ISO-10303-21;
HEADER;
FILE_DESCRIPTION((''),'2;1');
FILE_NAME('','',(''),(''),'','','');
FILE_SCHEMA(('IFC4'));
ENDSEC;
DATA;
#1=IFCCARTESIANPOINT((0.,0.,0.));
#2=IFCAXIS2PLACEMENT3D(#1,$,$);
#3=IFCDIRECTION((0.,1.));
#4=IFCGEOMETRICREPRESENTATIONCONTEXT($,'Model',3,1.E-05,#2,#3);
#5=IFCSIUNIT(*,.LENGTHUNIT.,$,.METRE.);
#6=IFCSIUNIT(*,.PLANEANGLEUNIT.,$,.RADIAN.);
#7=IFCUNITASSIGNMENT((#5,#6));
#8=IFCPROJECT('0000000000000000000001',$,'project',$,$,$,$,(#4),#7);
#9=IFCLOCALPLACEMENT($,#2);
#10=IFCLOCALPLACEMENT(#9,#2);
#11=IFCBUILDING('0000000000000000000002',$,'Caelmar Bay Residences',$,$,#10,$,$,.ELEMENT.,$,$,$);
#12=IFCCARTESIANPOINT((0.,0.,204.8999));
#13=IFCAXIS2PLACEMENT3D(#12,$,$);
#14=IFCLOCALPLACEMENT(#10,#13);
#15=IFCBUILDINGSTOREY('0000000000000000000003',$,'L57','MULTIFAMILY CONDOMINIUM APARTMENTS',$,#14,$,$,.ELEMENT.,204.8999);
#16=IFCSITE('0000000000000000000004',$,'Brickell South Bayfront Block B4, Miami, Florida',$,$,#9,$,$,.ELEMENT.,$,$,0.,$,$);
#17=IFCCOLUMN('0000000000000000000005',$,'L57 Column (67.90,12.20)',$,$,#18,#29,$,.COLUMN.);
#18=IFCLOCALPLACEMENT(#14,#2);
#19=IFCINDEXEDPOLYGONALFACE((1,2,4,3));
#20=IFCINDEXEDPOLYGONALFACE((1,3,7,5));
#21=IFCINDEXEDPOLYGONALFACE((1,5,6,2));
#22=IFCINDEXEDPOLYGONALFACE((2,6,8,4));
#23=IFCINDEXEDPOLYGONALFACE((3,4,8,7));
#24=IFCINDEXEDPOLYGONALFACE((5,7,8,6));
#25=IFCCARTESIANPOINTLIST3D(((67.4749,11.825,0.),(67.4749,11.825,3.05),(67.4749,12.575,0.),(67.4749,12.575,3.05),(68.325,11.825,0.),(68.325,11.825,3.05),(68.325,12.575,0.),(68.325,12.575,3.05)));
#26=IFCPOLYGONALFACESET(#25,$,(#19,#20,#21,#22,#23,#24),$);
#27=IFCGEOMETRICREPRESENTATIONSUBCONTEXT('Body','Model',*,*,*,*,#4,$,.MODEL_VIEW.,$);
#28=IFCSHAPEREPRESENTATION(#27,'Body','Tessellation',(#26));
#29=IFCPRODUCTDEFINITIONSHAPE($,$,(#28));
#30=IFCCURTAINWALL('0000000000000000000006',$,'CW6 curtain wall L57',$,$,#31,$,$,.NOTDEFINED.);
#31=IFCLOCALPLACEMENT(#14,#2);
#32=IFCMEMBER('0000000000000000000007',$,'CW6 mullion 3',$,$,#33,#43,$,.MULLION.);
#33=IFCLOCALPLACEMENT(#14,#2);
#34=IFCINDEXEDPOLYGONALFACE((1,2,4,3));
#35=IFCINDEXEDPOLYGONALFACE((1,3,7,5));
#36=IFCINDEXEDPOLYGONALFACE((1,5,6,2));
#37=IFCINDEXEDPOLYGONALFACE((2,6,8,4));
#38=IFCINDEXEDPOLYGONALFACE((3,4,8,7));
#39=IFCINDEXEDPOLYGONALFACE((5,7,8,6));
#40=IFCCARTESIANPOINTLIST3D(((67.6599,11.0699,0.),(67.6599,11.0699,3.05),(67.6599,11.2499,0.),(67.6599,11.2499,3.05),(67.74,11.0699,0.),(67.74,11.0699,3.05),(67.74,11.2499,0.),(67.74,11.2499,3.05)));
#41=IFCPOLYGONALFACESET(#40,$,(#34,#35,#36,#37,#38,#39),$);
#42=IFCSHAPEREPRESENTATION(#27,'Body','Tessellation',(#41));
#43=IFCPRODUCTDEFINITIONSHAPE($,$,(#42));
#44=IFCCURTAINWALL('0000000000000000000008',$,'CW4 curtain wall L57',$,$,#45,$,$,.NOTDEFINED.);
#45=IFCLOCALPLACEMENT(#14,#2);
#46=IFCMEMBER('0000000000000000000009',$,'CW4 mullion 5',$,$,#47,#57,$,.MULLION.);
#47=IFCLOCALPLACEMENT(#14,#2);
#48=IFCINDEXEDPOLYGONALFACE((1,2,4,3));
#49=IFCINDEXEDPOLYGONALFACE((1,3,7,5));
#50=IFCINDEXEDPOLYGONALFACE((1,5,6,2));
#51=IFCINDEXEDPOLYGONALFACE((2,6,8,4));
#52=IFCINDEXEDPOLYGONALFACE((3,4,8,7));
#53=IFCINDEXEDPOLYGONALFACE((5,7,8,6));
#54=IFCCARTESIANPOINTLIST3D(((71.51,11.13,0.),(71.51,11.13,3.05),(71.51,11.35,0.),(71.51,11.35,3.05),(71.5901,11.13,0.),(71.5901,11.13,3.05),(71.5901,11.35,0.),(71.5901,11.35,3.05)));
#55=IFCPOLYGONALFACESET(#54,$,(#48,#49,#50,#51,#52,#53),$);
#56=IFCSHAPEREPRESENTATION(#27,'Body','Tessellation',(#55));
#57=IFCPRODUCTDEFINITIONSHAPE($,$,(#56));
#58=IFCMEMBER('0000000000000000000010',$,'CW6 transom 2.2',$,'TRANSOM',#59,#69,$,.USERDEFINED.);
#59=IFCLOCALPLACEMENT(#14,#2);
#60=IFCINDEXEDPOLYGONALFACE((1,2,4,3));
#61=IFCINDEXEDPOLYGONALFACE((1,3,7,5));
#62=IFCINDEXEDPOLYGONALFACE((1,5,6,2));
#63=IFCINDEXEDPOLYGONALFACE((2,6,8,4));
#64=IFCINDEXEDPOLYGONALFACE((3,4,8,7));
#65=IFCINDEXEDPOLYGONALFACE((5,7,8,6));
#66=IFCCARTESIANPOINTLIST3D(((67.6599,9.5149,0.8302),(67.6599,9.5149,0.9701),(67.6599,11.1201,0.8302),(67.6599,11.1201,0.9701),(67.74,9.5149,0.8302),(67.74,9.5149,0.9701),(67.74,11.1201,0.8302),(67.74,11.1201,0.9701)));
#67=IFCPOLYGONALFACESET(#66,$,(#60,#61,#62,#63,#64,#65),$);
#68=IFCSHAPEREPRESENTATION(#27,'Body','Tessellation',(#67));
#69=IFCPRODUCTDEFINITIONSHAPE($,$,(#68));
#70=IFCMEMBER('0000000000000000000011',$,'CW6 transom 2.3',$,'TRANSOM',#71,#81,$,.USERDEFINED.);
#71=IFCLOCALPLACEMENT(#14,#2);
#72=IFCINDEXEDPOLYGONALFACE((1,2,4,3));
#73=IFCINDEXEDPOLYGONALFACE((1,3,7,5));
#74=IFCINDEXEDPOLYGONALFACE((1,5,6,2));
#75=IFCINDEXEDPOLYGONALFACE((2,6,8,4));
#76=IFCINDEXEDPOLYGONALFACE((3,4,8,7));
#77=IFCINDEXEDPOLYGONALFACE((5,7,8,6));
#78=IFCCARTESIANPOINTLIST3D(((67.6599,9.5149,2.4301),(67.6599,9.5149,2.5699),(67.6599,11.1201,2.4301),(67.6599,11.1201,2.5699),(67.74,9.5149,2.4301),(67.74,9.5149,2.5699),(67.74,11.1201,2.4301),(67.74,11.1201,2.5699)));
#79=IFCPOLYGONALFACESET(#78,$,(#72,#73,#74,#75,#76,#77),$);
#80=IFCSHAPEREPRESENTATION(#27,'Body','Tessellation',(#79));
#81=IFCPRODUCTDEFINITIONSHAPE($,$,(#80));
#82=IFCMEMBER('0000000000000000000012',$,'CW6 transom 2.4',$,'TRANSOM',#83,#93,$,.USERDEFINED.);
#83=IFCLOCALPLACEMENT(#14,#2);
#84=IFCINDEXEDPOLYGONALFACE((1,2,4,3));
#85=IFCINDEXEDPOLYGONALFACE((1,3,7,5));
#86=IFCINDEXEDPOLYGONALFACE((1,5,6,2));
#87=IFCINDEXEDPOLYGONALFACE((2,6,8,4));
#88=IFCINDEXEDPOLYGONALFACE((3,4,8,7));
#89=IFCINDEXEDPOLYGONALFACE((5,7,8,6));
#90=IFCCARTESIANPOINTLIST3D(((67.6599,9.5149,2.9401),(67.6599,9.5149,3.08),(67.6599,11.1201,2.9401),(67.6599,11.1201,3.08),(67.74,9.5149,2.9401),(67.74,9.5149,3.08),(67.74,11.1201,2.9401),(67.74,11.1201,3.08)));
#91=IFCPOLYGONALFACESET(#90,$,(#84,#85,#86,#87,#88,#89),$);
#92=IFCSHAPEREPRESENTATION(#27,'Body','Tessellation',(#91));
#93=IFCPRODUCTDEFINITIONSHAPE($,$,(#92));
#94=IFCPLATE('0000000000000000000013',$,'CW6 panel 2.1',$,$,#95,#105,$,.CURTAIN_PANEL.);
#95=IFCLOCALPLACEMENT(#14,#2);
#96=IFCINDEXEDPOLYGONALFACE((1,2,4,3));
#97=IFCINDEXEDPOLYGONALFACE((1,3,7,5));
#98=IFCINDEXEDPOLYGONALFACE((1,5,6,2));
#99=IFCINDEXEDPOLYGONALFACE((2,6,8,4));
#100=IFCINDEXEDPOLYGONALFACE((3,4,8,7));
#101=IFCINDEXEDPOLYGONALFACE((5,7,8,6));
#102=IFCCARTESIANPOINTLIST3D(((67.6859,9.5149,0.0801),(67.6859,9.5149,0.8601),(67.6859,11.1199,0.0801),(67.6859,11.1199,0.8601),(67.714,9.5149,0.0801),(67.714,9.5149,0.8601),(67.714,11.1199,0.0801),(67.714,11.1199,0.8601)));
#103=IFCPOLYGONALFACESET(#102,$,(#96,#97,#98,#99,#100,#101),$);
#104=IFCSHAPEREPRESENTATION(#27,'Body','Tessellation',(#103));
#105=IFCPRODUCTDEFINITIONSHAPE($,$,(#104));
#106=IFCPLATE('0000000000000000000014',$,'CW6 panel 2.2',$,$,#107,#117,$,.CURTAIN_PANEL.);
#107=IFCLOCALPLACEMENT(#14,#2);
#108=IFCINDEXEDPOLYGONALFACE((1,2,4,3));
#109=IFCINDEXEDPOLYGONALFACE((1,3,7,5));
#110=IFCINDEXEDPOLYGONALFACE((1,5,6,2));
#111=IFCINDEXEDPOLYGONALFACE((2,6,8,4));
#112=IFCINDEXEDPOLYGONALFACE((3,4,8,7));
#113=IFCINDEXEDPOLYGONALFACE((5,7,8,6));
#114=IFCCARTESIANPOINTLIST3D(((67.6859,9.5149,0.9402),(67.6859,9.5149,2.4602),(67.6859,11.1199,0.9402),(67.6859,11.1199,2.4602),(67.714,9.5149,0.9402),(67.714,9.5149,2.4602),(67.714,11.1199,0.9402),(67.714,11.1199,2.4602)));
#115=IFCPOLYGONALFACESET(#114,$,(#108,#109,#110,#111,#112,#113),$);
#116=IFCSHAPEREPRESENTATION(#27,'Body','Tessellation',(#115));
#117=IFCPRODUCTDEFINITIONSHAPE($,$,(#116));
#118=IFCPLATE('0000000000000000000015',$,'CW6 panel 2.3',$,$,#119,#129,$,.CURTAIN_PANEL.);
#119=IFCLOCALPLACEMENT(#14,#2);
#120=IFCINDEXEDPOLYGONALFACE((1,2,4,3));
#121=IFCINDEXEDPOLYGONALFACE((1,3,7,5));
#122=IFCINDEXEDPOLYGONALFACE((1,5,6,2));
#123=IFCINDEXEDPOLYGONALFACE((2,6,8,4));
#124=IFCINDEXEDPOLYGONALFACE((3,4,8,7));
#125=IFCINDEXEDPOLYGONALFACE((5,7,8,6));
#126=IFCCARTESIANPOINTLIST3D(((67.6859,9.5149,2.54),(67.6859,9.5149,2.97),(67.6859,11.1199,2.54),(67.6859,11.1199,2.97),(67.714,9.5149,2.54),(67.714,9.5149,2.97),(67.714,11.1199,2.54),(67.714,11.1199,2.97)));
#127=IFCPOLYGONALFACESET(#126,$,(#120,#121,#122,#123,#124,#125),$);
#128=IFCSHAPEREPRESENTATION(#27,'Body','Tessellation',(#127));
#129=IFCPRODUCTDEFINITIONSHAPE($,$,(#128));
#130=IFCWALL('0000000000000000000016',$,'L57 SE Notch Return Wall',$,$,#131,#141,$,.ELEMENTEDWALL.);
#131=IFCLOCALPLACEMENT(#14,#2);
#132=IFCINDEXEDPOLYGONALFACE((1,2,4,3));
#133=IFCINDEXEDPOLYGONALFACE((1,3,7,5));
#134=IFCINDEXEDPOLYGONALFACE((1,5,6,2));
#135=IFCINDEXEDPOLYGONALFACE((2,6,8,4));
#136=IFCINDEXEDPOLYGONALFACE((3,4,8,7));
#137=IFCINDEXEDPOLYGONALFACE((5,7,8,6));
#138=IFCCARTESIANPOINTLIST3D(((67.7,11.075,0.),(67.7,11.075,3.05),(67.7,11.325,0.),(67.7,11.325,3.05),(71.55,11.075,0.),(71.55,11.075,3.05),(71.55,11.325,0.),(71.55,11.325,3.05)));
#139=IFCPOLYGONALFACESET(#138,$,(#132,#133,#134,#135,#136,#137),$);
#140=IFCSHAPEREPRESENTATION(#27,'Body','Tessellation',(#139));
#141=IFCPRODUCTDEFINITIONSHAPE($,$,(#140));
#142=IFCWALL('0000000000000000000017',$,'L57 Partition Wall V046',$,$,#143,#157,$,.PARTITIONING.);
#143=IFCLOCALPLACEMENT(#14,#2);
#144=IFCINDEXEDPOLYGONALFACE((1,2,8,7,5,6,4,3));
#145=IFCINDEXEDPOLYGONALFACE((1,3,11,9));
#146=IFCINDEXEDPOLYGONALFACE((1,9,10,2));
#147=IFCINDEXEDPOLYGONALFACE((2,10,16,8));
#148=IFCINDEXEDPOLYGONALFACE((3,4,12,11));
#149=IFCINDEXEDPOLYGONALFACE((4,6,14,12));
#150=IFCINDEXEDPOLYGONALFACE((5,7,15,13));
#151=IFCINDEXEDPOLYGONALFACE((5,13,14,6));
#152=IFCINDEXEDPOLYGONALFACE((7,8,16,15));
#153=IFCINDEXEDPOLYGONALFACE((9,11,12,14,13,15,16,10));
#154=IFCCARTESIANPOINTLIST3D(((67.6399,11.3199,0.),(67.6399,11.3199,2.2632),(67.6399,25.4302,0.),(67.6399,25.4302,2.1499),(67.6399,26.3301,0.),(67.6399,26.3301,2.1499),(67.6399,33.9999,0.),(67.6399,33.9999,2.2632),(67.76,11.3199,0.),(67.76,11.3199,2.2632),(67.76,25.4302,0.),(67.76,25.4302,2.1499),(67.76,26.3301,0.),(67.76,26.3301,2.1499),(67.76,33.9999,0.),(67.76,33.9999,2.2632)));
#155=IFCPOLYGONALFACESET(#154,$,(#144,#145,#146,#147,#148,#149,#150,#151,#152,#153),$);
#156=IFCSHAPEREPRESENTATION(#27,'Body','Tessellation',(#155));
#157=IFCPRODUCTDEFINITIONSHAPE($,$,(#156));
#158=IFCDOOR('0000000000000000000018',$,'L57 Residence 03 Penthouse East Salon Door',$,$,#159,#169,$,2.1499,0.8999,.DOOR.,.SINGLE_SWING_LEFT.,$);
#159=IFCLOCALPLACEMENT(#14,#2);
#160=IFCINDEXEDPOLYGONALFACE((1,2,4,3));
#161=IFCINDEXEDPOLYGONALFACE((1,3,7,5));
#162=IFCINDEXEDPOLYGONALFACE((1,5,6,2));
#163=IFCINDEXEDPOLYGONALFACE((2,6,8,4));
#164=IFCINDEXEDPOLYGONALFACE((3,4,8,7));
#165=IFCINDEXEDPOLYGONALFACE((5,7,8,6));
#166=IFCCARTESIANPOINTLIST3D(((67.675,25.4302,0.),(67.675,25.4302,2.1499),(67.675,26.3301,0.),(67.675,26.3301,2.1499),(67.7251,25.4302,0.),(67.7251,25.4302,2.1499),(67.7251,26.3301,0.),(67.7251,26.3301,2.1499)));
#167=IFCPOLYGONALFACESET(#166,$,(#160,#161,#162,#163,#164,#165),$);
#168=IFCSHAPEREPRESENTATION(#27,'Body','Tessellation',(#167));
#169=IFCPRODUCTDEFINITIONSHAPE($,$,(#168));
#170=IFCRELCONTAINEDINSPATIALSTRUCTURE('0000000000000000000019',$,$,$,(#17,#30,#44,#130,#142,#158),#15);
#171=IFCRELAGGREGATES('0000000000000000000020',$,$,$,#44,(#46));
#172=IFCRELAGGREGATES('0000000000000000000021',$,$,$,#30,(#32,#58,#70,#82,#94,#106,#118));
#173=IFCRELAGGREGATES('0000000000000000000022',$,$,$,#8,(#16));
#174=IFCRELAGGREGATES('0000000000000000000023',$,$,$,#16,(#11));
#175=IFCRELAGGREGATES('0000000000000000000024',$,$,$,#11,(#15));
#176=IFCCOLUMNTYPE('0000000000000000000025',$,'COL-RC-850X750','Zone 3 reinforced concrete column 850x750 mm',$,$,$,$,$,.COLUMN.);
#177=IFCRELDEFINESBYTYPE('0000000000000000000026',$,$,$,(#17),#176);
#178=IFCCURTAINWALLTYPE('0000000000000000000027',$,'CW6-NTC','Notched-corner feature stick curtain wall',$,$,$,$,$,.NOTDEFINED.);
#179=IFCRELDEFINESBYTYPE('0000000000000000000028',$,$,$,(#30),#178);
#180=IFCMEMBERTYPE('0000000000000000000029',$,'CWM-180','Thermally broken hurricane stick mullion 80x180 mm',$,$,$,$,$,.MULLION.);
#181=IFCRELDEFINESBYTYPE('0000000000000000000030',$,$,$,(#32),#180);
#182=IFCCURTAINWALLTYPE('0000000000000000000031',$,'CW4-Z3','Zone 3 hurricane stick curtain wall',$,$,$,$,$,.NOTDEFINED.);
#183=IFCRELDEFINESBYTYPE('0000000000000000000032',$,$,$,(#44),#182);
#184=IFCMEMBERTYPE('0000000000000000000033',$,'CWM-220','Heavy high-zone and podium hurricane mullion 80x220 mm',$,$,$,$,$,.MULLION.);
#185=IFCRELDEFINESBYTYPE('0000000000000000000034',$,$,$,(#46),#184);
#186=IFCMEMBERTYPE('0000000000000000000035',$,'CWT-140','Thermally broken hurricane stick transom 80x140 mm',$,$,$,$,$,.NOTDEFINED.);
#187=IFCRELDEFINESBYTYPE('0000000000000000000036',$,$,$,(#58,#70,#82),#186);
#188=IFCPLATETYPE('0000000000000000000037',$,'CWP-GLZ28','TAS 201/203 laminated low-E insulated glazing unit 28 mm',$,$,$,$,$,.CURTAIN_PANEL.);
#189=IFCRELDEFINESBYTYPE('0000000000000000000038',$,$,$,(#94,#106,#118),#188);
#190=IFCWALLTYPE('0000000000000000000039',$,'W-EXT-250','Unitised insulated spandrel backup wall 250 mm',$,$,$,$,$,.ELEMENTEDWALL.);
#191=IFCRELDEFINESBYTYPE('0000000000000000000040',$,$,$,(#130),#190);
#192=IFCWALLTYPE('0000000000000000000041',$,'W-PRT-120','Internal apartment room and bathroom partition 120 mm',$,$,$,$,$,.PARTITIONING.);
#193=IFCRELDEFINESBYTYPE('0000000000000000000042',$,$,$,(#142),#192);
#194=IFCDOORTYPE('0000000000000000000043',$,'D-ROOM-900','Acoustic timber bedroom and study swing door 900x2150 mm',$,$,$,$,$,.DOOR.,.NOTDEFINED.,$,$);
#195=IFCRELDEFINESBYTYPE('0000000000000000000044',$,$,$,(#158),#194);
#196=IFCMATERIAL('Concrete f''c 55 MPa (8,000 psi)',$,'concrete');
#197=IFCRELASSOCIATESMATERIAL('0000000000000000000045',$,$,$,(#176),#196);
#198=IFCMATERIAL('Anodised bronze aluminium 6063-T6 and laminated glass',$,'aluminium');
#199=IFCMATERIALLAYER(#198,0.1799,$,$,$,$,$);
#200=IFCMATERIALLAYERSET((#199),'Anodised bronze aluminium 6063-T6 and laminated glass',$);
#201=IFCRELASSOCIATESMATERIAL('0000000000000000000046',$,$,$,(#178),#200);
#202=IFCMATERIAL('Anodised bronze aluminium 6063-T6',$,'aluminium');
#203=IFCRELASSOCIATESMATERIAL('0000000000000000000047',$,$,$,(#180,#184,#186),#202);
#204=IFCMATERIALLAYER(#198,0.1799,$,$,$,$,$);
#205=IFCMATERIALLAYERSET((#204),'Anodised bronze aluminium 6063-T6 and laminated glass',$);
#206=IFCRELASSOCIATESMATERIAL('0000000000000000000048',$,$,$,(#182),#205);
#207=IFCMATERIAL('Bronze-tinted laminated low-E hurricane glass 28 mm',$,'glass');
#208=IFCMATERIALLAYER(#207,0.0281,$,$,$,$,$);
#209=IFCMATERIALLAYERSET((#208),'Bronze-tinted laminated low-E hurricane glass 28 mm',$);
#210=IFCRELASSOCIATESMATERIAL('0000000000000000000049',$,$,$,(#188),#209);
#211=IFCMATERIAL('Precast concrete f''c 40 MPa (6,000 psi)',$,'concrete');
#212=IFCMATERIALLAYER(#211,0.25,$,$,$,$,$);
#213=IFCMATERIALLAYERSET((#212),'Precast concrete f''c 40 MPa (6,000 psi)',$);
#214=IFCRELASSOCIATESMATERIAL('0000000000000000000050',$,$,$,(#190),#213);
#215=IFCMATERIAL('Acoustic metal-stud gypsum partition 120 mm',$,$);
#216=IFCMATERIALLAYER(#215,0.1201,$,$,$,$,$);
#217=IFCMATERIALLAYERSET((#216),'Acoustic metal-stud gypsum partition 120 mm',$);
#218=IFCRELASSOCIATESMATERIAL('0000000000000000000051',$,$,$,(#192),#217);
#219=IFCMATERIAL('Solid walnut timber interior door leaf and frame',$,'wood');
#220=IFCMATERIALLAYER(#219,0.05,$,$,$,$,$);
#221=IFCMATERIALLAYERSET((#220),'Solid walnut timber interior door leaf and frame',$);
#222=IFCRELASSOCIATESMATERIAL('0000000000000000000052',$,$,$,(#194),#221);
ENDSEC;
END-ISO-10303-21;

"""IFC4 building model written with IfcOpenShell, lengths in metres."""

from ifc_helpers import new_model, si_unit, direction, frame, frame_2d, origin, origin_2d, place, context, subcontext, project, spatial, rectangle, extrude, material, layer, layer_set, material_profile, profile_set, type_object, element, fill, aggregate, save


model = new_model("IFC4")

# Units and contexts
model_context = context("Model", 3, precision=1e-05, world=origin(), true_north=direction((0.0, 1.0)))
body_context = subcontext(model_context, "Body", "Model", "MODEL_VIEW")
ifc_project = project(units=[si_unit("LENGTHUNIT", "METRE"), si_unit("PLANEANGLEUNIT", "RADIAN")], contexts=[model_context])

# Site, building, storey
site_placement = place(None, origin())
site = spatial("IfcSite", under=ifc_project, at=site_placement, Name="Brickell South Bayfront Block B4, Miami, Florida", CompositionType="ELEMENT", RefElevation=0.0)
building_placement = place(site_placement, origin())
building = spatial("IfcBuilding", under=site, at=building_placement, Name="Caelmar Bay Residences", CompositionType="ELEMENT")
storey_placement = place(building_placement, frame((0.0, 0.0, 204.8999)))
storey = spatial("IfcBuildingStorey", under=building, at=storey_placement, Name="L57", Description="MULTIFAMILY CONDOMINIUM APARTMENTS", CompositionType="ELEMENT", Elevation=204.8999)

# Column
ifc_material_1 = material(Name="Concrete f'c 55 MPa (8,000 psi)", Category="concrete")
ifc_material_profile_1 = material_profile(ifc_material_1, rectangle(XDim=0.8501, YDim=0.75, at=origin_2d()), Name="RC-COL-850X750")
ifc_profile_set_1 = profile_set([ifc_material_profile_1], Name="Concrete f'c 55 MPa (8,000 psi)")
column_type = type_object("IfcColumnType", Name="COL-RC-850X750", Description="Zone 3 reinforced concrete column 850x750 mm", PredefinedType="COLUMN", material=ifc_profile_set_1)
column_placement = place(storey_placement, frame((67.8999, 12.2, 0.0), z_axis=(0.0, 0.0, 1.0), x_axis=(1.0, 0.0, 0.0)))
element("IfcColumn", 1, at=column_placement, inside=storey, type_object=column_type, Name="L57 Column (67.90,12.20)", PredefinedType="COLUMN", context=body_context, shape_type="SweptSolid", body=[
    extrude(rectangle(XDim=0.8501, YDim=0.75, at=origin_2d()), origin(), (0.0, 0.0, 1.0), 3.05),
])

# Curtain walls, members
ifc_material_2 = material(Name="Anodised bronze aluminium 6063-T6 and laminated glass", Category="aluminium")
ifc_layer_1 = layer(ifc_material_2, 0.1799)
ifc_layer_set_1 = layer_set([ifc_layer_1], Name="Anodised bronze aluminium 6063-T6 and laminated glass")
curtain_wall_type_1 = type_object("IfcCurtainWallType", Name="CW6-NTC", Description="Notched-corner feature stick curtain wall", PredefinedType="NOTDEFINED", material=ifc_layer_set_1)
curtain_wall_1_placement = place(storey_placement, origin())
curtain_wall_1 = element("IfcCurtainWall", 2, at=curtain_wall_1_placement, inside=storey, type_object=curtain_wall_type_1, Name="CW6 curtain wall L57", PredefinedType="NOTDEFINED")
ifc_material_3 = material(Name="Anodised bronze aluminium 6063-T6", Category="aluminium")
ifc_material_profile_2 = material_profile(ifc_material_3, rectangle(XDim=0.0801, YDim=0.1799, at=origin_2d()), Name="CWM-80X180")
ifc_profile_set_2 = profile_set([ifc_material_profile_2], Name="Anodised bronze aluminium 6063-T6")
member_type_1 = type_object("IfcMemberType", Name="CWM-180", Description="Thermally broken hurricane stick mullion 80x180 mm", PredefinedType="MULLION", material=ifc_profile_set_2)
member_1_placement = place(storey_placement, frame((67.7, 11.1599, 0.0), z_axis=(0.0, 0.0, 1.0), x_axis=(-1.0, 0.0, 0.0)))
member_1 = element("IfcMember", 3, at=member_1_placement, type_object=member_type_1, Name="CW6 mullion 3", PredefinedType="MULLION", context=body_context, shape_type="SweptSolid", body=[
    extrude(rectangle(XDim=0.0801, YDim=0.1799, at=origin_2d()), origin(), (0.0, 0.0, 1.0), 3.05),
])
ifc_layer_2 = layer(ifc_material_2, 0.1799)
ifc_layer_set_2 = layer_set([ifc_layer_2], Name="Anodised bronze aluminium 6063-T6 and laminated glass")
curtain_wall_type_2 = type_object("IfcCurtainWallType", Name="CW4-Z3", Description="Zone 3 hurricane stick curtain wall", PredefinedType="NOTDEFINED", material=ifc_layer_set_2)
curtain_wall_2_placement = place(storey_placement, origin())
curtain_wall_2 = element("IfcCurtainWall", 4, at=curtain_wall_2_placement, inside=storey, type_object=curtain_wall_type_2, Name="CW4 curtain wall L57", PredefinedType="NOTDEFINED")
ifc_material_profile_3 = material_profile(ifc_material_3, rectangle(XDim=0.0801, YDim=0.22, at=origin_2d()), Name="CWM-80X220")
ifc_profile_set_3 = profile_set([ifc_material_profile_3], Name="Anodised bronze aluminium 6063-T6")
member_type_2 = type_object("IfcMemberType", Name="CWM-220", Description="Heavy high-zone and podium hurricane mullion 80x220 mm", PredefinedType="MULLION", material=ifc_profile_set_3)
member_2_placement = place(storey_placement, frame((71.55, 11.24, 0.0), z_axis=(0.0, 0.0, 1.0), x_axis=(1.0, 0.0, 0.0)))
member_2 = element("IfcMember", 5, at=member_2_placement, type_object=member_type_2, Name="CW4 mullion 5", PredefinedType="MULLION", context=body_context, shape_type="SweptSolid", body=[
    extrude(rectangle(XDim=0.0801, YDim=0.22, at=origin_2d()), origin(), (0.0, 0.0, 1.0), 3.05),
])
aggregate(curtain_wall_2, [member_2])

# Members
ifc_material_profile_4 = material_profile(ifc_material_3, rectangle(XDim=0.0801, YDim=0.1399, at=origin_2d()), Name="CWT-80X140")
ifc_profile_set_4 = profile_set([ifc_material_profile_4], Name="Anodised bronze aluminium 6063-T6")
member_type_3 = type_object("IfcMemberType", Name="CWT-140", Description="Thermally broken hurricane stick transom 80x140 mm", PredefinedType="NOTDEFINED", material=ifc_profile_set_4)
member_3_placement = place(storey_placement, frame((67.7, 9.5149, 0.9001), z_axis=(0.0, 1.0, 0.0), x_axis=(-1.0, 0.0, 0.0)))
member_3 = element("IfcMember", 6, at=member_3_placement, type_object=member_type_3, Name="CW6 transom 2.2", ObjectType="TRANSOM", PredefinedType="USERDEFINED", context=body_context, shape_type="SweptSolid", body=[
    extrude(rectangle(XDim=0.0801, YDim=0.1399, at=origin_2d()), origin(), (0.0, 0.0, 1.0), 1.6052),
])
member_4_placement = place(storey_placement, frame((67.7, 9.5149, 2.5), z_axis=(0.0, 1.0, 0.0), x_axis=(-1.0, 0.0, 0.0)))
member_4 = element("IfcMember", 7, at=member_4_placement, type_object=member_type_3, Name="CW6 transom 2.3", ObjectType="TRANSOM", PredefinedType="USERDEFINED", context=body_context, shape_type="SweptSolid", body=[
    extrude(rectangle(XDim=0.0801, YDim=0.1399, at=origin_2d()), origin(), (0.0, 0.0, 1.0), 1.6052),
])
member_5_placement = place(storey_placement, frame((67.7, 9.5149, 3.01), z_axis=(0.0, 1.0, 0.0), x_axis=(-1.0, 0.0, 0.0)))
member_5 = element("IfcMember", 8, at=member_5_placement, type_object=member_type_3, Name="CW6 transom 2.4", ObjectType="TRANSOM", PredefinedType="USERDEFINED", context=body_context, shape_type="SweptSolid", body=[
    extrude(rectangle(XDim=0.0801, YDim=0.1399, at=origin_2d()), origin(), (0.0, 0.0, 1.0), 1.6052),
])

# Plates
ifc_material_4 = material(Name="Bronze-tinted laminated low-E hurricane glass 28 mm", Category="glass")
ifc_layer_3 = layer(ifc_material_4, 0.0281)
ifc_layer_set_3 = layer_set([ifc_layer_3], Name="Bronze-tinted laminated low-E hurricane glass 28 mm")
plate_type = type_object("IfcPlateType", Name="CWP-GLZ28", Description="TAS 201/203 laminated low-E insulated glazing unit 28 mm", PredefinedType="CURTAIN_PANEL", material=ifc_layer_set_3)
plate_1_placement = place(storey_placement, frame((67.7, 10.3174, 0.0801), z_axis=(0.0, 0.0, 1.0), x_axis=(0.0, 1.0, 0.0)))
plate_1 = element("IfcPlate", 9, at=plate_1_placement, type_object=plate_type, Name="CW6 panel 2.1", PredefinedType="CURTAIN_PANEL", context=body_context, shape_type="SweptSolid", body=[
    extrude(rectangle(XDim=1.605, YDim=0.0281, at=origin_2d()), origin(), (0.0, 0.0, 1.0), 0.78),
])
plate_2_placement = place(storey_placement, frame((67.7, 10.3174, 0.9402), z_axis=(0.0, 0.0, 1.0), x_axis=(0.0, 1.0, 0.0)))
plate_2 = element("IfcPlate", 10, at=plate_2_placement, type_object=plate_type, Name="CW6 panel 2.2", PredefinedType="CURTAIN_PANEL", context=body_context, shape_type="SweptSolid", body=[
    extrude(rectangle(XDim=1.605, YDim=0.0281, at=origin_2d()), origin(), (0.0, 0.0, 1.0), 1.52),
])
plate_3_placement = place(storey_placement, frame((67.7, 10.3174, 2.54), z_axis=(0.0, 0.0, 1.0), x_axis=(0.0, 1.0, 0.0)))
plate_3 = element("IfcPlate", 11, at=plate_3_placement, type_object=plate_type, Name="CW6 panel 2.3", PredefinedType="CURTAIN_PANEL", context=body_context, shape_type="SweptSolid", body=[
    extrude(rectangle(XDim=1.605, YDim=0.0281, at=origin_2d()), origin(), (0.0, 0.0, 1.0), 0.4299),
])
aggregate(curtain_wall_1, [member_1, member_3, member_4, member_5, plate_1, plate_2, plate_3])

# Wall
ifc_material_5 = material(Name="Precast concrete f'c 40 MPa (6,000 psi)", Category="concrete")
ifc_layer_4 = layer(ifc_material_5, 0.25)
ifc_layer_set_4 = layer_set([ifc_layer_4], Name="Precast concrete f'c 40 MPa (6,000 psi)")
wall_type_1 = type_object("IfcWallType", Name="W-EXT-250", Description="Unitised insulated spandrel backup wall 250 mm", PredefinedType="ELEMENTEDWALL", material=ifc_layer_set_4)
wall_1_placement = place(storey_placement, frame((67.7, 11.2, 0.0), z_axis=(0.0, 0.0, 1.0), x_axis=(1.0, 0.0, 0.0)))
element("IfcWall", 12, at=wall_1_placement, inside=storey, type_object=wall_type_1, Name="L57 SE Notch Return Wall", PredefinedType="ELEMENTEDWALL", context=body_context, shape_type="SweptSolid", body=[
    extrude(rectangle(XDim=3.8501, YDim=0.25, at=frame_2d((1.925, 0.0))), origin(), (0.0, 0.0, 1.0), 3.05),
])

# Wall, opening, door
ifc_material_6 = material(Name="Acoustic metal-stud gypsum partition 120 mm")
ifc_layer_5 = layer(ifc_material_6, 0.1201)
ifc_layer_set_5 = layer_set([ifc_layer_5], Name="Acoustic metal-stud gypsum partition 120 mm")
wall_type_2 = type_object("IfcWallType", Name="W-PRT-120", Description="Internal apartment room and bathroom partition 120 mm", PredefinedType="PARTITIONING", material=ifc_layer_set_5)
wall_2_placement = place(storey_placement, frame((67.7, 11.3201, 0.0), z_axis=(0.0, 0.0, 1.0), x_axis=(0.0, 1.0, 0.0)))
wall_2 = element("IfcWall", 13, at=wall_2_placement, inside=storey, type_object=wall_type_2, Name="L57 Partition Wall V046", PredefinedType="PARTITIONING", context=body_context, shape_type="SweptSolid", body=[
    extrude(rectangle(XDim=22.6799, YDim=0.1201, at=frame_2d((11.3398, 0.0))), origin(), (0.0, 0.0, 1.0), 2.2632),
])
opening_placement = place(wall_2_placement, frame((14.1101, 0.0, 0.0)))
opening = element("IfcOpeningElement", 14, at=opening_placement, cuts=wall_2, PredefinedType="OPENING", context=body_context, shape_type="SweptSolid", body=[
    extrude(rectangle(XDim=0.8999, YDim=2.1499, at=frame_2d((0.45, 1.075))), frame((0.0, 0.0701, 0.0), z_axis=(0.0, -1.0, 0.0), x_axis=(1.0, 0.0, 0.0)), (0.0, 0.0, 1.0), 0.1401),
])
ifc_material_7 = material(Name="Solid walnut timber interior door leaf and frame", Category="wood")
ifc_layer_6 = layer(ifc_material_7, 0.05)
ifc_layer_set_6 = layer_set([ifc_layer_6], Name="Solid walnut timber interior door leaf and frame")
door_type = type_object("IfcDoorType", Name="D-ROOM-900", Description="Acoustic timber bedroom and study swing door 900x2150 mm", OperationType="NOTDEFINED", PredefinedType="DOOR", material=ifc_layer_set_6)
door_placement = place(opening_placement, origin())
door = element("IfcDoor", 15, at=door_placement, inside=storey, type_object=door_type, Name="L57 Residence 03 Penthouse East Salon Door", OperationType="SINGLE_SWING_LEFT", OverallHeight=2.1499, OverallWidth=0.8999, PredefinedType="DOOR", context=body_context, shape_type="SweptSolid", body=[
    extrude(rectangle(XDim=0.8999, YDim=2.1499, at=frame_2d((0.45, 1.075))), frame((0.0, 0.0249, 0.0), z_axis=(0.0, -1.0, 0.0), x_axis=(1.0, 0.0, 0.0)), (0.0, 0.0, 1.0), 0.05),
])
fill(opening, door)

save(model, "model.ifc")
